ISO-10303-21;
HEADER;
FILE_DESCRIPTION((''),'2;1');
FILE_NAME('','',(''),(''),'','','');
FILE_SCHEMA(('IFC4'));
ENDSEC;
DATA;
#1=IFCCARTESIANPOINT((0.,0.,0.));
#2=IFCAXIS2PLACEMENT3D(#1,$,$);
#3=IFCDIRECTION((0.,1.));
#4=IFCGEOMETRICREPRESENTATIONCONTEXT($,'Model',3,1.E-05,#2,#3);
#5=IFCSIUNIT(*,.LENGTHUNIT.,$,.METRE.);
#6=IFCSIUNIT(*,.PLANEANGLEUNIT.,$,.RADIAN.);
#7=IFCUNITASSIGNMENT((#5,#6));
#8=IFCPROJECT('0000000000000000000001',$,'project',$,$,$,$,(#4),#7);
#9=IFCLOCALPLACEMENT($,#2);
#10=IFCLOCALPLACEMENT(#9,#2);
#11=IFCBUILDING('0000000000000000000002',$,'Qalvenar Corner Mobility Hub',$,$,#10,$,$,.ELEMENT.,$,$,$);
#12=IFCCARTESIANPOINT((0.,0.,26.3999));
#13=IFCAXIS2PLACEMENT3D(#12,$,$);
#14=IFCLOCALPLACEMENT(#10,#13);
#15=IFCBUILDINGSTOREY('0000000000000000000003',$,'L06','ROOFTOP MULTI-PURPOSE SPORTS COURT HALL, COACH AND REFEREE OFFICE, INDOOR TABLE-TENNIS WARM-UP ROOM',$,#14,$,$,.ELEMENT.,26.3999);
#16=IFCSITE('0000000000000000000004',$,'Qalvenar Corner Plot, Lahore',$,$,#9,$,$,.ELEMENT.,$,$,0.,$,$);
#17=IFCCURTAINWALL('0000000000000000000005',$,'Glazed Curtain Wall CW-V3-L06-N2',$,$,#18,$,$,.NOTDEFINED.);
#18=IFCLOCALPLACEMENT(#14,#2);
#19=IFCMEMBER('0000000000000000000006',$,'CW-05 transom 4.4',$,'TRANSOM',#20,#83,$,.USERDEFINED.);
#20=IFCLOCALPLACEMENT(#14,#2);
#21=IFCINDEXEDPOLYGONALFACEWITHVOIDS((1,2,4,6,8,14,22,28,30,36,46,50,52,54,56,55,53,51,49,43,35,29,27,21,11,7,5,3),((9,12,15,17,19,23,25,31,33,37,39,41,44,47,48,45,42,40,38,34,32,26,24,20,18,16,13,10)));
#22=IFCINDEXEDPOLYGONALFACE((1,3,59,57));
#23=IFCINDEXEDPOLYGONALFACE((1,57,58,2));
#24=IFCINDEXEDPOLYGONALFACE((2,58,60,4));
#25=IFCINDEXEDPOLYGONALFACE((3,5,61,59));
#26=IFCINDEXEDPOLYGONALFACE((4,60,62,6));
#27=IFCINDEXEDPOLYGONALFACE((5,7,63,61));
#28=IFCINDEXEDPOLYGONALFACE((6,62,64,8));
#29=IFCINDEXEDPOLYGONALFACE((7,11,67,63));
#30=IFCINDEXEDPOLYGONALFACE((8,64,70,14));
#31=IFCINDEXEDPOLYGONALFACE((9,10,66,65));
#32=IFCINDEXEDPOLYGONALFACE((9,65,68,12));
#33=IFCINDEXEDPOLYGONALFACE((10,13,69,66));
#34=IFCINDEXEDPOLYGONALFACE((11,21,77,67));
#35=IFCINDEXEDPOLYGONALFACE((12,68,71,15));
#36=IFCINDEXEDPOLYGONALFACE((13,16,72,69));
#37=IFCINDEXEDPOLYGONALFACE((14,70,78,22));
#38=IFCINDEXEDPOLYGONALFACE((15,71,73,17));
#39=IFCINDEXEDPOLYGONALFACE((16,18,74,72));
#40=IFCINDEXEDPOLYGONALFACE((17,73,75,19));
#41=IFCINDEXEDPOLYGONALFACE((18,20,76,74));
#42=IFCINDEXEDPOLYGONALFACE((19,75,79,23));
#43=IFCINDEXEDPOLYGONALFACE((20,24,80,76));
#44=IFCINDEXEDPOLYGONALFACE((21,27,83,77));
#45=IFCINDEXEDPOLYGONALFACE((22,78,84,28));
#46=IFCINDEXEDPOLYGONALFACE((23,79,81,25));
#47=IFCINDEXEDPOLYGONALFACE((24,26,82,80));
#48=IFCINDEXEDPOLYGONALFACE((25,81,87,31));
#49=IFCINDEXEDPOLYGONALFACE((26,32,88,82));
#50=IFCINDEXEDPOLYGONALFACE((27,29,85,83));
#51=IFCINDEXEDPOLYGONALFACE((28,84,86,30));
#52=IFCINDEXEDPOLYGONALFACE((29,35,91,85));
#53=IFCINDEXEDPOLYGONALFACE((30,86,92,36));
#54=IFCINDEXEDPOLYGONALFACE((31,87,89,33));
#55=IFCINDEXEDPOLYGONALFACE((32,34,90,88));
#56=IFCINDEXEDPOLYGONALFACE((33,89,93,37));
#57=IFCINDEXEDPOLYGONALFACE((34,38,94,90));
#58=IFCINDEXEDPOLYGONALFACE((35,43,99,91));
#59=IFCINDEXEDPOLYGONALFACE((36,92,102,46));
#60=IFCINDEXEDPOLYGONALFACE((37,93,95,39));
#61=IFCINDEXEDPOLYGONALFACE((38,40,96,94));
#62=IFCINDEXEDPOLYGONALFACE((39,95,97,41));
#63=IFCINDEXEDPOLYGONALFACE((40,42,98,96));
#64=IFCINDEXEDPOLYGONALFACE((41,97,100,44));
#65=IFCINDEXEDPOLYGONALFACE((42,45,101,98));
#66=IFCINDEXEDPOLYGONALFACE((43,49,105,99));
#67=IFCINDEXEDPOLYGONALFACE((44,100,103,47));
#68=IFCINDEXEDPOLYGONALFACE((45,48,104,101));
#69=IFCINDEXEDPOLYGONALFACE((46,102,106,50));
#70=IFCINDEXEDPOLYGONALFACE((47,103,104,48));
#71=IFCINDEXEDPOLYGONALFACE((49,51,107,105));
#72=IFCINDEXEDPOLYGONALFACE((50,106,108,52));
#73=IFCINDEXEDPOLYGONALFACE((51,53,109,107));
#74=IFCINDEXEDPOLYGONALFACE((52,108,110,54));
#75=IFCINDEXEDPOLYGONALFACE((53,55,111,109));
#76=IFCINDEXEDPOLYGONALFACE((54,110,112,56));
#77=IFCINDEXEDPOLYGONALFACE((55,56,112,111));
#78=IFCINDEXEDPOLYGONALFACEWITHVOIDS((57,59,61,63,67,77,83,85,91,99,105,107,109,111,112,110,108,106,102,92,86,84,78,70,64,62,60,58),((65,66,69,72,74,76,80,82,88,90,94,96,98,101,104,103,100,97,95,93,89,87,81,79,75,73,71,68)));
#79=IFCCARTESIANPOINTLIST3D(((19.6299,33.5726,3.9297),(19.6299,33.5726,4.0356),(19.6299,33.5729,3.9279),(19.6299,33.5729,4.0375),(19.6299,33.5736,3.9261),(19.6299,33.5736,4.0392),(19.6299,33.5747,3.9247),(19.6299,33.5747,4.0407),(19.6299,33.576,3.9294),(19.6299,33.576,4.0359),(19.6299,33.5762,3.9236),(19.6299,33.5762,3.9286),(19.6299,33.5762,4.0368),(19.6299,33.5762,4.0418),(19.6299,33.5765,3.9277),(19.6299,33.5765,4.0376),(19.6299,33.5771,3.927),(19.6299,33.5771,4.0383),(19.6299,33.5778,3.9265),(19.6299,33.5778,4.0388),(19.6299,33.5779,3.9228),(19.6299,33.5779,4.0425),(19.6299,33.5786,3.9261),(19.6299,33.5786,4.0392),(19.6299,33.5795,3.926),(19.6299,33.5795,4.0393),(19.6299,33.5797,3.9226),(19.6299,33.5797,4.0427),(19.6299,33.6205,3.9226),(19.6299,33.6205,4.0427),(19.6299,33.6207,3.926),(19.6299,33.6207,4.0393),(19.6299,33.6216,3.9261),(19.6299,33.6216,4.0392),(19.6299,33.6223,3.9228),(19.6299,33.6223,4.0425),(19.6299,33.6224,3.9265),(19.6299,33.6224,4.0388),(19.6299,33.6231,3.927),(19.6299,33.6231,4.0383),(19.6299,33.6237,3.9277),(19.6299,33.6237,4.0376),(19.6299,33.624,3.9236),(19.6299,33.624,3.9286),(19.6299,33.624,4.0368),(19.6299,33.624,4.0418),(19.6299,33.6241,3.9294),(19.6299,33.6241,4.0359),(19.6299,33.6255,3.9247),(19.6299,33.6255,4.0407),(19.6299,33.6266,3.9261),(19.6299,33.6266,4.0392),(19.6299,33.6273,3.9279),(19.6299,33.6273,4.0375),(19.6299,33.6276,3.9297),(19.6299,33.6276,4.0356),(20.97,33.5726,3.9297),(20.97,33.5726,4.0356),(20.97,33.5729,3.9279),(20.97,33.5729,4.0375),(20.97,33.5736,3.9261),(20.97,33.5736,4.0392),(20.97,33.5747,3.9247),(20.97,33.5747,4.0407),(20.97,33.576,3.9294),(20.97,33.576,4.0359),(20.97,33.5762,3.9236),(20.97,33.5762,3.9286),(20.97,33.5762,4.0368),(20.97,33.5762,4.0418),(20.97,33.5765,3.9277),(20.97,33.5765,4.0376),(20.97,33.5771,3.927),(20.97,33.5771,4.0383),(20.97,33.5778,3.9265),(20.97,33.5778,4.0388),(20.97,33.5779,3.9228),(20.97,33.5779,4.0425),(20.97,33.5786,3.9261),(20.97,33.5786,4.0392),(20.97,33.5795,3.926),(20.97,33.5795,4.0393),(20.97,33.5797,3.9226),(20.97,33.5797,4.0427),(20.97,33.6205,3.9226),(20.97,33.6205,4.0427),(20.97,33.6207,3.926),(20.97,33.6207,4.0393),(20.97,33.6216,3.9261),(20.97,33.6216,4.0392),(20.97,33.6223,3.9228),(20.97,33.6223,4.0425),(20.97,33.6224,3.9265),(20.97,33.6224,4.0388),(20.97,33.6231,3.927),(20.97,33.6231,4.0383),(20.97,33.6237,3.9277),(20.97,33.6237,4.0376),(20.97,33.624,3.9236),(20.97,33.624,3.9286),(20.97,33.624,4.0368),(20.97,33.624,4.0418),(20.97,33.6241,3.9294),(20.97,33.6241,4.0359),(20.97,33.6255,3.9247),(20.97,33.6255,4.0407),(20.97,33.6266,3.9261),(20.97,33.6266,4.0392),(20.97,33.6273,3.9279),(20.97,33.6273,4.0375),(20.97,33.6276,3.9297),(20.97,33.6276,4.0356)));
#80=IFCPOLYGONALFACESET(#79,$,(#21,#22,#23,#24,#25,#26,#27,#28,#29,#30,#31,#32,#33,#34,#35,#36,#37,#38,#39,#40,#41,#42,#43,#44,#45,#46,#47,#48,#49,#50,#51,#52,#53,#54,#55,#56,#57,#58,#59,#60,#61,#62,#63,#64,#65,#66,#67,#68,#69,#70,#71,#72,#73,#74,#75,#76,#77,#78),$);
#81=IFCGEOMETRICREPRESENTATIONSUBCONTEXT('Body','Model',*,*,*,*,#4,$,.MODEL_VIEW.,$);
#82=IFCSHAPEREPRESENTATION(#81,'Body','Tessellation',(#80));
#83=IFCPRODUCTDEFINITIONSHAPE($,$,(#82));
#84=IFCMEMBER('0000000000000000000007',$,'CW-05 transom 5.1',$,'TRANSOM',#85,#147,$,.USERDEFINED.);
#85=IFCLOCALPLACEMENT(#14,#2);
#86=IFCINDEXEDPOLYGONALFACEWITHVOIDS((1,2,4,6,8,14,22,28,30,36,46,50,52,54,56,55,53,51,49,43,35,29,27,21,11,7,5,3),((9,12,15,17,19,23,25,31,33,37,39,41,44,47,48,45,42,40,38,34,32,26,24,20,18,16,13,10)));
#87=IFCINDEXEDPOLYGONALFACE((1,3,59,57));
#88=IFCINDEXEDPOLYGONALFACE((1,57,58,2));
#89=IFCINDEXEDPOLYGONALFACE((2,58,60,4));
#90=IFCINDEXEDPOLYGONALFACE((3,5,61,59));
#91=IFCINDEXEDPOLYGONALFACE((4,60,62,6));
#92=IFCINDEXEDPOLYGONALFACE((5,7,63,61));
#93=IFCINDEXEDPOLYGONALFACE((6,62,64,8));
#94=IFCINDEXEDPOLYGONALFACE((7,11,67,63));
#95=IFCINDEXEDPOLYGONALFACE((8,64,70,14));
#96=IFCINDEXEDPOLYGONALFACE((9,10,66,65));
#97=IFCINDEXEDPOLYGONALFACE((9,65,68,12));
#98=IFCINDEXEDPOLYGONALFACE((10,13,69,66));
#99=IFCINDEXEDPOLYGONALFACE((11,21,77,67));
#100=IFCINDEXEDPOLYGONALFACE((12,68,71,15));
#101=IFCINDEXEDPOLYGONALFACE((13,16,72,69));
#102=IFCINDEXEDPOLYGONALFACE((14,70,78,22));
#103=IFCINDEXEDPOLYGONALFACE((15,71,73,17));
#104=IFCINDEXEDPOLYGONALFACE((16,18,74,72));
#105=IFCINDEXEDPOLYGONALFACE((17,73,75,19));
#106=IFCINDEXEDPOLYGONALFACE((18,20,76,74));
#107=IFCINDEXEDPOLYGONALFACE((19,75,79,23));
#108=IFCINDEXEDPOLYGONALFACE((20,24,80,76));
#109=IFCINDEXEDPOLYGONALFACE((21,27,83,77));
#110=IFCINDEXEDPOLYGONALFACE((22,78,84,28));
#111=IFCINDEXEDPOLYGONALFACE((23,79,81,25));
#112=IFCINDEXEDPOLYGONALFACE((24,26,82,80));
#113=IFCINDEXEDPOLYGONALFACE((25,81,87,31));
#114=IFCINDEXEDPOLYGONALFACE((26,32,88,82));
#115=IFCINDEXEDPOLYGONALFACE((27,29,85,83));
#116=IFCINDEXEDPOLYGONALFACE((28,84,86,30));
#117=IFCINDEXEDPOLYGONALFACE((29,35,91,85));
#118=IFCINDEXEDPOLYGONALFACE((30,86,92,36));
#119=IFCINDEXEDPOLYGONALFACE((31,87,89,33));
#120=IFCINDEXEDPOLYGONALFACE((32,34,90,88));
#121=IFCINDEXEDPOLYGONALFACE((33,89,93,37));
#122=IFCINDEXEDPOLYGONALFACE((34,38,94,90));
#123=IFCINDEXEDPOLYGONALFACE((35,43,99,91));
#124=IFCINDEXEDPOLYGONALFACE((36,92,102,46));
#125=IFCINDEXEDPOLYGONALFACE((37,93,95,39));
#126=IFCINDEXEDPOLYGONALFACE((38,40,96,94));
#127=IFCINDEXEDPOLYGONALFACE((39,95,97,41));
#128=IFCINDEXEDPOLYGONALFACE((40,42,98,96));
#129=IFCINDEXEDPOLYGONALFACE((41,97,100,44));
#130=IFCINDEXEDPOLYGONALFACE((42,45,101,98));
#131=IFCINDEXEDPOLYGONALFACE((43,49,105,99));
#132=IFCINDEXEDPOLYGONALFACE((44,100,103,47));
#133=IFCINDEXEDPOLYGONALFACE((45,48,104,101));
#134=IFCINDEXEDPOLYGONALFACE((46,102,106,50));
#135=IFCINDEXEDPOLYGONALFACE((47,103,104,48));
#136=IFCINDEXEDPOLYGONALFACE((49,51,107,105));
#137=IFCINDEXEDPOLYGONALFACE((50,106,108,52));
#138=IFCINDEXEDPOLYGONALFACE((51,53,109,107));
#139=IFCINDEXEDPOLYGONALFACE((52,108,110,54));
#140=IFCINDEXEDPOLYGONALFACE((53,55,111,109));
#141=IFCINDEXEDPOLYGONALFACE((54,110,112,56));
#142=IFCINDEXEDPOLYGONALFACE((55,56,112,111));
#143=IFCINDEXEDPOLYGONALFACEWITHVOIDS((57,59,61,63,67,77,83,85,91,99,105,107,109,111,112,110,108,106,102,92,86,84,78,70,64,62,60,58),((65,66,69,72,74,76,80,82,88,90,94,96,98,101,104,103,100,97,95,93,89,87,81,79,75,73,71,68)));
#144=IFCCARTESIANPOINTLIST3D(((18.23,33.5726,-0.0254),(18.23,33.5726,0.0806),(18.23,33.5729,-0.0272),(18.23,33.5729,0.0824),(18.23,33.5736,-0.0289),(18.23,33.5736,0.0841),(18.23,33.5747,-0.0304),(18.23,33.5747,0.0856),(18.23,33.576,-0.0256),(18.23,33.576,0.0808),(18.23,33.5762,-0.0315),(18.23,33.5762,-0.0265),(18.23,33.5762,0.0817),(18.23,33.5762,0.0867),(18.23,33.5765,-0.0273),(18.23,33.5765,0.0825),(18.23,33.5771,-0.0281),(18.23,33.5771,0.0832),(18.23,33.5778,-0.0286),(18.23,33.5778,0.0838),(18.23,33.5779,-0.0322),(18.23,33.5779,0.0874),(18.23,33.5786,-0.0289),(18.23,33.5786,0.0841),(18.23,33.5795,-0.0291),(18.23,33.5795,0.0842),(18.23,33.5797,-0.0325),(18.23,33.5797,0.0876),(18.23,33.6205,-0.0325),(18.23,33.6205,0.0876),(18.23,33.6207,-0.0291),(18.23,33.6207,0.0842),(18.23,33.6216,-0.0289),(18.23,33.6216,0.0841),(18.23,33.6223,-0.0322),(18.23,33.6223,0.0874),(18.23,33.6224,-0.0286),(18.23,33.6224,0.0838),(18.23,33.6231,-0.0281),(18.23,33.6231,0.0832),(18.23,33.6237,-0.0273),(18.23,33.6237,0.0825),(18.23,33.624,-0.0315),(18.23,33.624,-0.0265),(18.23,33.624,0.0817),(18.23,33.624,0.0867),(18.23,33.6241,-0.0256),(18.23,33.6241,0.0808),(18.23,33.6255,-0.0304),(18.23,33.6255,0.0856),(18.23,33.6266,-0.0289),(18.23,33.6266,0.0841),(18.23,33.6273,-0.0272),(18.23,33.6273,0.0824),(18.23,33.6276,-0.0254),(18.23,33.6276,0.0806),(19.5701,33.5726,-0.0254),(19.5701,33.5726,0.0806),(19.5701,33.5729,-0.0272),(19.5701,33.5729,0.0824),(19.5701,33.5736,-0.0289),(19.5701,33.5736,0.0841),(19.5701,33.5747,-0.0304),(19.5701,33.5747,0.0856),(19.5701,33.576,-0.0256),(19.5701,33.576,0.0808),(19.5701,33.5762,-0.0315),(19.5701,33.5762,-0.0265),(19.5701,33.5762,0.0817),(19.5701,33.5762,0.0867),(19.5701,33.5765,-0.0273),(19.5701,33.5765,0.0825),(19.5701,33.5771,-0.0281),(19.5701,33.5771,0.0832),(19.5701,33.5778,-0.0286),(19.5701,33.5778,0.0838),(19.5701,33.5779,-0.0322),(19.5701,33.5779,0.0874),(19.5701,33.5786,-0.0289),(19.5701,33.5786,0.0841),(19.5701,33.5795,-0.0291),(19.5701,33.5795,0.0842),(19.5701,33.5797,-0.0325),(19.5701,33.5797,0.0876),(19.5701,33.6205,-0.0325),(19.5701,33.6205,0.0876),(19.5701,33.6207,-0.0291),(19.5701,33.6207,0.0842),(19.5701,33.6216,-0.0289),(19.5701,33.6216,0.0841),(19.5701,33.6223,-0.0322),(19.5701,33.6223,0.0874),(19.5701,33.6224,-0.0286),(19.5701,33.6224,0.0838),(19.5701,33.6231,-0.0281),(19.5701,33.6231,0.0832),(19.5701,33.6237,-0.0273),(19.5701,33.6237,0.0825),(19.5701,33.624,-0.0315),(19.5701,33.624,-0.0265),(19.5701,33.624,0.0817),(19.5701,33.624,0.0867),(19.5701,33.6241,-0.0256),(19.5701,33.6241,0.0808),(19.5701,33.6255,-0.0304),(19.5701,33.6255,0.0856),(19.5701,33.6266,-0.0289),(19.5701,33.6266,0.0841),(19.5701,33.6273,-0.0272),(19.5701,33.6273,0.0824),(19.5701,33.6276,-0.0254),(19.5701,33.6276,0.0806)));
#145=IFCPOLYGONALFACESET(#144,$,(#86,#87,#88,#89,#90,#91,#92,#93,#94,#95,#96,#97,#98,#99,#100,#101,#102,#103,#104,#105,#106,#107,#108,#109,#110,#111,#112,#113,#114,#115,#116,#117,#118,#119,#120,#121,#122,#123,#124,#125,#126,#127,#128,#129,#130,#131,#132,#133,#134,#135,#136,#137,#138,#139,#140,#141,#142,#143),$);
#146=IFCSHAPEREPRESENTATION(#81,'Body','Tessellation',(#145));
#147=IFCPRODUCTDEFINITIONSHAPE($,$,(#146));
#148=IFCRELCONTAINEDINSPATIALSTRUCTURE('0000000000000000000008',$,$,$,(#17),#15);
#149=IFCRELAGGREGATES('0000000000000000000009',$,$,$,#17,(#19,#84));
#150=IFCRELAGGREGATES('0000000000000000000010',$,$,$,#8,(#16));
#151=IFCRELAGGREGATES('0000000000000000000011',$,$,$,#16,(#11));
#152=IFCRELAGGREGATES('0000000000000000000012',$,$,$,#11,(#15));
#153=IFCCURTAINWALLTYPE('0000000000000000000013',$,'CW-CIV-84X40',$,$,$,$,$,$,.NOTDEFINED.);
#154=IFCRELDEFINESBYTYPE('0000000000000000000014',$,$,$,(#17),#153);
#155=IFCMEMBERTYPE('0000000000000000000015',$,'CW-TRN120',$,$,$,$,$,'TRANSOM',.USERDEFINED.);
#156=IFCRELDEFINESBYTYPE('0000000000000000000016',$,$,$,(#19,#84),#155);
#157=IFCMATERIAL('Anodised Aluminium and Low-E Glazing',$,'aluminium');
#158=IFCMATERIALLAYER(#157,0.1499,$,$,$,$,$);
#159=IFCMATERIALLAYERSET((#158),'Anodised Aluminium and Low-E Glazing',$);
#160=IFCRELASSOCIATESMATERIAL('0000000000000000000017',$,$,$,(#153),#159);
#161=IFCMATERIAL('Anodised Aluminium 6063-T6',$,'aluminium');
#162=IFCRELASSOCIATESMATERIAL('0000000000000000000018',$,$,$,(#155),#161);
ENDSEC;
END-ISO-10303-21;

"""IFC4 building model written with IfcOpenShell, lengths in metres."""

from ifc_helpers import new_model, si_unit, direction, frame, origin, origin_2d, place, context, subcontext, project, spatial, hollow_rectangle, extrude, material, layer, layer_set, material_profile, profile_set, type_object, element, aggregate, save


model = new_model("IFC4")

# Units and contexts
model_context = context("Model", 3, precision=1e-05, world=origin(), true_north=direction((0.0, 1.0)))
body_context = subcontext(model_context, "Body", "Model", "MODEL_VIEW")
ifc_project = project(units=[si_unit("LENGTHUNIT", "METRE"), si_unit("PLANEANGLEUNIT", "RADIAN")], contexts=[model_context])

# Site, building, storey
site_placement = place(None, origin())
site = spatial("IfcSite", under=ifc_project, at=site_placement, Name="Qalvenar Corner Plot, Lahore", CompositionType="ELEMENT", RefElevation=0.0)
building_placement = place(site_placement, origin())
building = spatial("IfcBuilding", under=site, at=building_placement, Name="Qalvenar Corner Mobility Hub", CompositionType="ELEMENT")
storey_placement = place(building_placement, frame((0.0, 0.0, 26.3999)))
storey = spatial("IfcBuildingStorey", under=building, at=storey_placement, Name="L06", Description="ROOFTOP MULTI-PURPOSE SPORTS COURT HALL, COACH AND REFEREE OFFICE, INDOOR TABLE-TENNIS WARM-UP ROOM", CompositionType="ELEMENT", Elevation=26.3999)

# Curtain wall
ifc_material_1 = material(Name="Anodised Aluminium and Low-E Glazing", Category="aluminium")
ifc_material_2 = material(Name="Anodised Aluminium 6063-T6", Category="aluminium")
ifc_layer_1 = layer(ifc_material_1, 0.1499)
ifc_layer_set_1 = layer_set([ifc_layer_1], Name="Anodised Aluminium and Low-E Glazing")
curtain_wall_type_1 = type_object("IfcCurtainWallType", Name="CW-CIV-84X40", PredefinedType="NOTDEFINED", material=ifc_layer_set_1)
curtain_wall_1_placement = place(storey_placement, origin())
curtain_wall_1 = element("IfcCurtainWall", 1, at=curtain_wall_1_placement, inside=storey, type_object=curtain_wall_type_1, Name="Glazed Curtain Wall CW-V3-L06-N2", PredefinedType="NOTDEFINED")

# Members
ifc_material_profile_1 = material_profile(ifc_material_2, hollow_rectangle(XDim=0.0549, YDim=0.1201, WallThickness=0.0034, InnerFilletRadius=0.0034, OuterFilletRadius=0.0071, at=origin_2d()), Name="RHS120x55x3.5")
ifc_profile_set_1 = profile_set([ifc_material_profile_1], Name="Anodised Aluminium 6063-T6")
member_type_1 = type_object("IfcMemberType", Name="CW-TRN120", ElementType="TRANSOM", PredefinedType="USERDEFINED", material=ifc_profile_set_1)
member_1_placement = place(storey_placement, frame((20.97, 33.6001, 3.9827), z_axis=(-1.0, 0.0, 0.0), x_axis=(0.0, -1.0, 0.0)))
member_1 = element("IfcMember", 2, at=member_1_placement, type_object=member_type_1, Name="CW-05 transom 4.4", ObjectType="TRANSOM", PredefinedType="USERDEFINED", context=body_context, shape_type="SweptSolid", body=[
    extrude(hollow_rectangle(XDim=0.0549, YDim=0.1201, WallThickness=0.0034, InnerFilletRadius=0.0034, OuterFilletRadius=0.0071, at=origin_2d()), origin(), (0.0, 0.0, 1.0), 1.3401),
])
member_2_placement = place(storey_placement, frame((19.5701, 33.6001, 0.0276), z_axis=(-1.0, 0.0, 0.0), x_axis=(0.0, -1.0, 0.0)))
member_2 = element("IfcMember", 3, at=member_2_placement, type_object=member_type_1, Name="CW-05 transom 5.1", ObjectType="TRANSOM", PredefinedType="USERDEFINED", context=body_context, shape_type="SweptSolid", body=[
    extrude(hollow_rectangle(XDim=0.0549, YDim=0.1201, WallThickness=0.0034, InnerFilletRadius=0.0034, OuterFilletRadius=0.0071, at=origin_2d()), origin(), (0.0, 0.0, 1.0), 1.3401),
])

aggregate(curtain_wall_1, [member_1, member_2])

save(model, "model.ifc")
